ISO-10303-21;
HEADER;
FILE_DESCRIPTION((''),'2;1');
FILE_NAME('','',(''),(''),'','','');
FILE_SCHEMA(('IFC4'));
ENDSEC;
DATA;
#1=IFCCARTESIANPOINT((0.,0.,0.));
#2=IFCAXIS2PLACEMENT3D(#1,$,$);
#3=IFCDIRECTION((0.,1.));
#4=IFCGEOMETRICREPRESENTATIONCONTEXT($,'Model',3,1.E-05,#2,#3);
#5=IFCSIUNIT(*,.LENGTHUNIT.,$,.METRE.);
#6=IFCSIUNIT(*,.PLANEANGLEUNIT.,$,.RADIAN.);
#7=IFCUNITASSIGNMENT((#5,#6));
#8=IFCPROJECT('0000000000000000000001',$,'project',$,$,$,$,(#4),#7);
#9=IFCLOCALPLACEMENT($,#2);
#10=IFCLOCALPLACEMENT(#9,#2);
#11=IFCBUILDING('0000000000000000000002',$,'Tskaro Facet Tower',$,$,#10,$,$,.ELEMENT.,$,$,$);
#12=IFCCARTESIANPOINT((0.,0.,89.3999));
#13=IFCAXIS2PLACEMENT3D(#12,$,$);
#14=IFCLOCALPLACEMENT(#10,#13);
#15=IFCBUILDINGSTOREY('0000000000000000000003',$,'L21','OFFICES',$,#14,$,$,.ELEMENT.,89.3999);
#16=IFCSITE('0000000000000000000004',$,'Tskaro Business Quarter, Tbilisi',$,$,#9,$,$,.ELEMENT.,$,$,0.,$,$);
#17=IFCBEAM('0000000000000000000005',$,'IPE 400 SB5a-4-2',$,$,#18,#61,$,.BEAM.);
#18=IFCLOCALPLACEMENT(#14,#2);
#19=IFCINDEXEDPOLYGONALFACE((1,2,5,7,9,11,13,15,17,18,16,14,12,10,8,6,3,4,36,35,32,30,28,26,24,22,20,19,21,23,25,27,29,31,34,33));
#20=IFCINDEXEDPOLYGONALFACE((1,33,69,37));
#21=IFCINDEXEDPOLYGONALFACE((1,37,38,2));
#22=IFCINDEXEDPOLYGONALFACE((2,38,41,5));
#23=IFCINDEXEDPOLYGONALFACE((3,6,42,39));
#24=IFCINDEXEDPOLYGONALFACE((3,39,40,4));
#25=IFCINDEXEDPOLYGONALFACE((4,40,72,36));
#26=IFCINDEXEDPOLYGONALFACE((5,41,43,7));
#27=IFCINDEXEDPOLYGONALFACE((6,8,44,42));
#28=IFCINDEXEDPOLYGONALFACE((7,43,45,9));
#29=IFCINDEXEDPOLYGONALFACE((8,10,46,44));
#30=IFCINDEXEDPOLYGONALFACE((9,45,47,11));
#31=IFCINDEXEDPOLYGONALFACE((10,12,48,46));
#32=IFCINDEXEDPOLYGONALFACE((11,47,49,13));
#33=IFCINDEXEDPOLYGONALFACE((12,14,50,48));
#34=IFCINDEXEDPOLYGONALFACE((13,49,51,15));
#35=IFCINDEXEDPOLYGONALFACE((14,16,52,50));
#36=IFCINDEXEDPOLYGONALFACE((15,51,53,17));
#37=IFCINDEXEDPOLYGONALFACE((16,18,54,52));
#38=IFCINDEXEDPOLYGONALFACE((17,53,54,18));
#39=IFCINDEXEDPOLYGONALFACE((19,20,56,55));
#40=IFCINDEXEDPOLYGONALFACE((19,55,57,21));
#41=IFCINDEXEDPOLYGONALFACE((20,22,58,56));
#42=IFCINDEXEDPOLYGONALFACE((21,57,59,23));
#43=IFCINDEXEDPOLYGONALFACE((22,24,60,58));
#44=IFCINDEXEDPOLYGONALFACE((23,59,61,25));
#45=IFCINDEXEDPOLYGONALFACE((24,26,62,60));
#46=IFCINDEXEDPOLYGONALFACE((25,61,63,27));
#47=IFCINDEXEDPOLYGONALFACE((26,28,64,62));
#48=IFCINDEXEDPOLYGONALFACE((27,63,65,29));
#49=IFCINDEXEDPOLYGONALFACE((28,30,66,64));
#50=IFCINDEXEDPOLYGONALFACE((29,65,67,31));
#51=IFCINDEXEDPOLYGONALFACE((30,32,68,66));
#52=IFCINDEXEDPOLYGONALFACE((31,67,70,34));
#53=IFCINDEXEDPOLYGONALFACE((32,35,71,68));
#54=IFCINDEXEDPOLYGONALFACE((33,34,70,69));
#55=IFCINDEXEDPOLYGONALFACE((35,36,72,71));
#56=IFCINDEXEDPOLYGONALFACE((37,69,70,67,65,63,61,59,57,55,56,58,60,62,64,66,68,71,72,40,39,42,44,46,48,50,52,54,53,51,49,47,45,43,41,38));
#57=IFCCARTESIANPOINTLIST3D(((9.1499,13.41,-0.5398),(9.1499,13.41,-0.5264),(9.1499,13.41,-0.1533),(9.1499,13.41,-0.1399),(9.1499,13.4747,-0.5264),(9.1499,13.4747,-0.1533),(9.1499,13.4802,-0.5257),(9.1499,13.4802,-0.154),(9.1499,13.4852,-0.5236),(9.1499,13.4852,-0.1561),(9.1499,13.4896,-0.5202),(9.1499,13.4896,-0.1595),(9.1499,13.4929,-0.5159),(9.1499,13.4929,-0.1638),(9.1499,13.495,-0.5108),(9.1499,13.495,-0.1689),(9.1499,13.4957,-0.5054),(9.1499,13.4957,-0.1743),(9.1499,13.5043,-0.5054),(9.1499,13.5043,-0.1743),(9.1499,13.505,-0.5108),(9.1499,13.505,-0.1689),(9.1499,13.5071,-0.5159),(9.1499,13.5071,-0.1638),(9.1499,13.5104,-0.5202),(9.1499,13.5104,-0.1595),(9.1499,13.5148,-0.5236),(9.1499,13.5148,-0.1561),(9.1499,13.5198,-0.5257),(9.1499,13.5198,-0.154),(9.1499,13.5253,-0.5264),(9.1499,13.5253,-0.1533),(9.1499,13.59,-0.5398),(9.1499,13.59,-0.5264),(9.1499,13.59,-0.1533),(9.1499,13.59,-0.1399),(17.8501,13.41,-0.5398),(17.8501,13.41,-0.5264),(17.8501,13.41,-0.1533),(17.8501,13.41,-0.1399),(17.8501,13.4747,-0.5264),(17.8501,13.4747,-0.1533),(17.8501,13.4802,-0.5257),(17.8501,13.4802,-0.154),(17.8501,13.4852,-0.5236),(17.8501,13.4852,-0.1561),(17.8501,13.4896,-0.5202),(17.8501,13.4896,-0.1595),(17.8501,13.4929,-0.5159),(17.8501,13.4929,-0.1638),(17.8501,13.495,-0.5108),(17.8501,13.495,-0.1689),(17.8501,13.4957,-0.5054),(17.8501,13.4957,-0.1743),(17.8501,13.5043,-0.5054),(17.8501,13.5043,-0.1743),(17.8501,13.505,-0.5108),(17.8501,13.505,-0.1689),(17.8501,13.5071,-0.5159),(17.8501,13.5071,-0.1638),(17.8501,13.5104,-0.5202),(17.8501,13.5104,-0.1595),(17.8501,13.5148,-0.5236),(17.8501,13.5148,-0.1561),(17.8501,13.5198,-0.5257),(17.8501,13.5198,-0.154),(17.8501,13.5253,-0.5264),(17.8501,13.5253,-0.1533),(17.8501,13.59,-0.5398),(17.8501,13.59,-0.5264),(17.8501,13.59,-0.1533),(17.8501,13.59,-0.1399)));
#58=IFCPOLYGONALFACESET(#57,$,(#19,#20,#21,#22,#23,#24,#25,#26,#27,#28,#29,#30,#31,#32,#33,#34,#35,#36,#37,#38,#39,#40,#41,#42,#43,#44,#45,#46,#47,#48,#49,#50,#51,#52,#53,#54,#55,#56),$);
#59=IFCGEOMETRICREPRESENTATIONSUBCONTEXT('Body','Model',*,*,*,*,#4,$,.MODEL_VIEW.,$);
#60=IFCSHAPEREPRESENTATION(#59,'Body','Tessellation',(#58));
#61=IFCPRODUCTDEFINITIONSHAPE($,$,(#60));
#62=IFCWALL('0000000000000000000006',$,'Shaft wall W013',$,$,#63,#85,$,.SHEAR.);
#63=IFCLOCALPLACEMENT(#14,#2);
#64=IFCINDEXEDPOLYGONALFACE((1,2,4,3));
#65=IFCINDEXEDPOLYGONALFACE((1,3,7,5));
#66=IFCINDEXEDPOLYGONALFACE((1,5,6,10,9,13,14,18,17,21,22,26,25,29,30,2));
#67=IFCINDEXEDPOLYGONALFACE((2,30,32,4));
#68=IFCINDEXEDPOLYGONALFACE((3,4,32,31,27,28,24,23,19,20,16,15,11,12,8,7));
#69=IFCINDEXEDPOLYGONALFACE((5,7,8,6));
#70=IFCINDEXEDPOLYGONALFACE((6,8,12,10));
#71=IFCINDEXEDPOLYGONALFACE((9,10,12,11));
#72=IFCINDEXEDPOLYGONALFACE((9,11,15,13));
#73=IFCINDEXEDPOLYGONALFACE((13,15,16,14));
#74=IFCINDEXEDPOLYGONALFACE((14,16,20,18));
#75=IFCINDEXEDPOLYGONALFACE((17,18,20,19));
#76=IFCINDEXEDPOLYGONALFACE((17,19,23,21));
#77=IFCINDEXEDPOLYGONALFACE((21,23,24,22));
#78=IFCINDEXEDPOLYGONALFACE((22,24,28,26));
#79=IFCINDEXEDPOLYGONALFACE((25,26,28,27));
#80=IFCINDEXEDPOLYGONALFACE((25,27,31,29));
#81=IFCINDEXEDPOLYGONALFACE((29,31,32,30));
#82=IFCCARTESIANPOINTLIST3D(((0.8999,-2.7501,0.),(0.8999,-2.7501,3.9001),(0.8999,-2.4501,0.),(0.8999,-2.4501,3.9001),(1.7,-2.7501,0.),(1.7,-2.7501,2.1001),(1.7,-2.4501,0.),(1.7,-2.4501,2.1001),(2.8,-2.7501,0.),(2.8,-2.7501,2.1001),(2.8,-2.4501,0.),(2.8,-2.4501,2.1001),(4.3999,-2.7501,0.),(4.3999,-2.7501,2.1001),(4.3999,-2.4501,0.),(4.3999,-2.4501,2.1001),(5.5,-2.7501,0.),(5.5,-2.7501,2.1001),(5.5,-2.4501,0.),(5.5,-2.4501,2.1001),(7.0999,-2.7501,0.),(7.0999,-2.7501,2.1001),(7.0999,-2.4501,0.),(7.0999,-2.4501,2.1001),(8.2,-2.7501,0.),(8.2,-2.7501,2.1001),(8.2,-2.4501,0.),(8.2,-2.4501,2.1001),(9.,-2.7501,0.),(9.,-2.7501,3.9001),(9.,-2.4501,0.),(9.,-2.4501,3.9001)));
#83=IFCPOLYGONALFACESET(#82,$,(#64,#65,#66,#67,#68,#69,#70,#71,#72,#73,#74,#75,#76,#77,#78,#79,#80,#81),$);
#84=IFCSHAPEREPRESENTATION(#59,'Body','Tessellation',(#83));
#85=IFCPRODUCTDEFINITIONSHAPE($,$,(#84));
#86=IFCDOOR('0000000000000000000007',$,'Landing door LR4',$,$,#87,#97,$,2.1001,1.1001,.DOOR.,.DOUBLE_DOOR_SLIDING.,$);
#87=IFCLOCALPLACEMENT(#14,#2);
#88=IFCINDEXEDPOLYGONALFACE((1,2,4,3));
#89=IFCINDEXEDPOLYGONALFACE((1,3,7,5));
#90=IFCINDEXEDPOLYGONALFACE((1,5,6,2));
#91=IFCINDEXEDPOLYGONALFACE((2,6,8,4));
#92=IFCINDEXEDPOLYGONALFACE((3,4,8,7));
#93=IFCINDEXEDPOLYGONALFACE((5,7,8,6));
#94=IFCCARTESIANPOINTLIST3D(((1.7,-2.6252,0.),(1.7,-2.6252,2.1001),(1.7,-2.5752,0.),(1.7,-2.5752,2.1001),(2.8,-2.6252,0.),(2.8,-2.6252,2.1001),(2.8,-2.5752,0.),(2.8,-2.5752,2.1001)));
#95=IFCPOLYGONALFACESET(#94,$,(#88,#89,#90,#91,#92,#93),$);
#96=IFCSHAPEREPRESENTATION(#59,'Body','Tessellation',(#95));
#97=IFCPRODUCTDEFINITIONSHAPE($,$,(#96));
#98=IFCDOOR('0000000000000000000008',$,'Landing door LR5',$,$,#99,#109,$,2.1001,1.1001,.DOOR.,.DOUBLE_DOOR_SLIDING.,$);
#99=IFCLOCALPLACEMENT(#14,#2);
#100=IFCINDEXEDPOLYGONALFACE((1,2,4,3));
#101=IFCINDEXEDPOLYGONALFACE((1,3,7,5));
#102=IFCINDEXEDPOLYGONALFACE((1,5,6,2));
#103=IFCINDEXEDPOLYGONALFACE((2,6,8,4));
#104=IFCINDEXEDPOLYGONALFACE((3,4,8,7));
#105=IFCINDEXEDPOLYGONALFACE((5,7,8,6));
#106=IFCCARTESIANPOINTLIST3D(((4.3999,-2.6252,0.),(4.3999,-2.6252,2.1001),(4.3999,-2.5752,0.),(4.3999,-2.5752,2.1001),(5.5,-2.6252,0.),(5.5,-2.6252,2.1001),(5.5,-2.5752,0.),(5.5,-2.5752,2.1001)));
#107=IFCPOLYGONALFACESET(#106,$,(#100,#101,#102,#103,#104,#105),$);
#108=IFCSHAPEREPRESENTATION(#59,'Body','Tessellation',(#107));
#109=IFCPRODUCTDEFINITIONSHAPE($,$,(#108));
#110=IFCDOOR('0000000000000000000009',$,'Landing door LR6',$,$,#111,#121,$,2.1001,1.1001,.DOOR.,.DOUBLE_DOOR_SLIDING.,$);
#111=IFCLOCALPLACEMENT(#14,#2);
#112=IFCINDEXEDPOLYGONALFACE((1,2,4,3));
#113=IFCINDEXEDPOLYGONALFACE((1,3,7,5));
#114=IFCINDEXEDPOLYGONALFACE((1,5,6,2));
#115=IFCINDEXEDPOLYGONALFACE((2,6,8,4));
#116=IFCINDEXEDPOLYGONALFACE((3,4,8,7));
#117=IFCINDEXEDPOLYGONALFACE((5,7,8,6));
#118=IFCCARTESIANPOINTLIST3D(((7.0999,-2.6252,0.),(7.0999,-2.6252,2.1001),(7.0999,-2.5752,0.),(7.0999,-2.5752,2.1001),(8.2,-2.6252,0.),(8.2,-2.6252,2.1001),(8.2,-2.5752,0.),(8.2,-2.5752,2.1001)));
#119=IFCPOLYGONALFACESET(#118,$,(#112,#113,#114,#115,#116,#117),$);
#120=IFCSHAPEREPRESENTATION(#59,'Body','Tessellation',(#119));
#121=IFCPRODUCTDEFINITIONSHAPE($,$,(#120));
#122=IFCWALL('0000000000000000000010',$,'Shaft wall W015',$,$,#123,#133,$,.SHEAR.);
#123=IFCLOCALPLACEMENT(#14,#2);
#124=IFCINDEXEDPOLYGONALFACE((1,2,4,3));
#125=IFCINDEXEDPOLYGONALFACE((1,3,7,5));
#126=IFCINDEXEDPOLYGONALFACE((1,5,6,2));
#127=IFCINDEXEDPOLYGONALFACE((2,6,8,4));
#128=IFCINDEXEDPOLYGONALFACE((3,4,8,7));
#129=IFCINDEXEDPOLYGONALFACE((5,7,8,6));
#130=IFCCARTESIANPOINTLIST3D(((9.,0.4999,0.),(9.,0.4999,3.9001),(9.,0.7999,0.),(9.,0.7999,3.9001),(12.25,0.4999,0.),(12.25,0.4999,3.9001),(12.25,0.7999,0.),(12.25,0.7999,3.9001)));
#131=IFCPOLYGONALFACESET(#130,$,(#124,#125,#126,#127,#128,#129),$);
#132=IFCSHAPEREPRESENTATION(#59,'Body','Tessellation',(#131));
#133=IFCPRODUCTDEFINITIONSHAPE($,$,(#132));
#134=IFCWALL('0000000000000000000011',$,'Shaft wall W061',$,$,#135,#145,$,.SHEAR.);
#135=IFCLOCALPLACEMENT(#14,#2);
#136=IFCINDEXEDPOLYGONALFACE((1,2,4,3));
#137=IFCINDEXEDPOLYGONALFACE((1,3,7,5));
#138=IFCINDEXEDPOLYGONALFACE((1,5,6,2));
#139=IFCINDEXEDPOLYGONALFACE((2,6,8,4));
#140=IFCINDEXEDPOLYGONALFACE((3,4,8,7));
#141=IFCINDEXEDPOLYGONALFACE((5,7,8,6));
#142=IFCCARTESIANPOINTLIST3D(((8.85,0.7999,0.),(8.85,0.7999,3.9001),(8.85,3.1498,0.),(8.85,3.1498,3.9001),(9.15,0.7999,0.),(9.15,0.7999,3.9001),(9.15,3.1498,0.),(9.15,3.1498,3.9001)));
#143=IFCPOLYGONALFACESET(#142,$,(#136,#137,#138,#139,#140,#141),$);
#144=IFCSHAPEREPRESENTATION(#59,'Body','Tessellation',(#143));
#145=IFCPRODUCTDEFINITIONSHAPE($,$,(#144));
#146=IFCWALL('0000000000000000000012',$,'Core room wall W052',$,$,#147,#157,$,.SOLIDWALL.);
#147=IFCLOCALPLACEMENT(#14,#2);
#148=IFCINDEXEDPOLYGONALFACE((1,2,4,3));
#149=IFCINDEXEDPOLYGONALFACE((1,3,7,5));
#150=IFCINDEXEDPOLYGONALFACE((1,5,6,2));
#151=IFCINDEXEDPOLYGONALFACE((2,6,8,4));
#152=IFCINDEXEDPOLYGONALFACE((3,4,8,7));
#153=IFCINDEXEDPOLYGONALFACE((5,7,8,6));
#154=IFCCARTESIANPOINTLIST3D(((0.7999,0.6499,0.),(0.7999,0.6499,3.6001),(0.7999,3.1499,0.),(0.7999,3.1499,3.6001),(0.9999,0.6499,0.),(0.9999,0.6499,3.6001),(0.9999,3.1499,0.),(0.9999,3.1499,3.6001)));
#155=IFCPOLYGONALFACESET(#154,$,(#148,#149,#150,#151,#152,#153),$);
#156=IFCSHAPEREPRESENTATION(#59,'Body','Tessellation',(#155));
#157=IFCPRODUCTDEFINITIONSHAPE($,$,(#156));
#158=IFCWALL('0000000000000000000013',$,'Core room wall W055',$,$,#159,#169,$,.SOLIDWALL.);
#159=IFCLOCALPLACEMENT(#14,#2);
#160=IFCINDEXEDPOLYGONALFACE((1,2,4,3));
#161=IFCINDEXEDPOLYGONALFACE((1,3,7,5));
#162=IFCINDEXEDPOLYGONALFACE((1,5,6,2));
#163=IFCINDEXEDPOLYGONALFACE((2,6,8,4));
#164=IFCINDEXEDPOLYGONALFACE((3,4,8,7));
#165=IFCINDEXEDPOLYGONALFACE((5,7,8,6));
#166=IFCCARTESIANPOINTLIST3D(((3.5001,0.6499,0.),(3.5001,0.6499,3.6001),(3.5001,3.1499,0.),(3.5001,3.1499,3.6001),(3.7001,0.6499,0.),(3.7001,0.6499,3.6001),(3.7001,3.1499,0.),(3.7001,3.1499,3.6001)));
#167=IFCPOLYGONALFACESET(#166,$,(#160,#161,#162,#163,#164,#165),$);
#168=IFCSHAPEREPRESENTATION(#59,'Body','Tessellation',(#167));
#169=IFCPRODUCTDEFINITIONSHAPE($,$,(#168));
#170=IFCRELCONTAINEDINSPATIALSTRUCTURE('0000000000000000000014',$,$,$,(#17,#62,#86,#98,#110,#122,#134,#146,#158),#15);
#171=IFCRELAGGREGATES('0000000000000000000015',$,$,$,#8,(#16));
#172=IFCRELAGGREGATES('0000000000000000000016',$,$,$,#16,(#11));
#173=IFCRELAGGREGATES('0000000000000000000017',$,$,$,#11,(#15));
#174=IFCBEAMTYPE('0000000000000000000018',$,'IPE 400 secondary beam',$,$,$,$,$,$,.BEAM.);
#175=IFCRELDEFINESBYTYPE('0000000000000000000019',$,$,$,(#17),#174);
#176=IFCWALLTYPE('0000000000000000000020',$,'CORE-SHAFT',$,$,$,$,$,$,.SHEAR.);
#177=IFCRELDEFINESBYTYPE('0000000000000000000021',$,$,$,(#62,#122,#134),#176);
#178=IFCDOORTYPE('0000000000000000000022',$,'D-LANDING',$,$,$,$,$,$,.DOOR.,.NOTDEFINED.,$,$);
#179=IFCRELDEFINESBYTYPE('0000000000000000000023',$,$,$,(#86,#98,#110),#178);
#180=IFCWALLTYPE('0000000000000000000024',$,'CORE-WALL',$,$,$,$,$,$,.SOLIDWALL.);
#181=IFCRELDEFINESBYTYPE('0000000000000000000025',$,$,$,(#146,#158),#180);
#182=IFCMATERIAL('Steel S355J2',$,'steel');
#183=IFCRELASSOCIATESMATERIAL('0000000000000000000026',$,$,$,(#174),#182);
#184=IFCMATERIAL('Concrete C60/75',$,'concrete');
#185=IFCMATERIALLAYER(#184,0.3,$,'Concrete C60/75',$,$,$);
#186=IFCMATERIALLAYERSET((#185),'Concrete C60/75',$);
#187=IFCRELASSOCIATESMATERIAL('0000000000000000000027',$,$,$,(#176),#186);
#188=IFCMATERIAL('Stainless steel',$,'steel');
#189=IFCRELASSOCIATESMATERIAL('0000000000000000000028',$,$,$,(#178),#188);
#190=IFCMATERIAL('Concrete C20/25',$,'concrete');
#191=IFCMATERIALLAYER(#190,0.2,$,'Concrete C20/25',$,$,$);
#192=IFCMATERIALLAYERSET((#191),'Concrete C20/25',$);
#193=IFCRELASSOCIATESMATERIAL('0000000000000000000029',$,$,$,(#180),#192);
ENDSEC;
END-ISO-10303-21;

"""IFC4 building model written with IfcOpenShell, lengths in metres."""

from ifc_helpers import new_model, si_unit, direction, frame, frame_2d, origin, origin_2d, place, context, subcontext, project, spatial, rectangle, i_section, extrude, material, layer, layer_set, material_profile, profile_set, type_object, element, fill, save


model = new_model("IFC4")

# Units and contexts
model_context = context("Model", 3, precision=1e-05, world=origin(), true_north=direction((0.0, 1.0)))
body_context = subcontext(model_context, "Body", "Model", "MODEL_VIEW")
ifc_project = project(units=[si_unit("LENGTHUNIT", "METRE"), si_unit("PLANEANGLEUNIT", "RADIAN")], contexts=[model_context])

# Site, building, storey
site_placement = place(None, origin())
site = spatial("IfcSite", under=ifc_project, at=site_placement, Name="Tskaro Business Quarter, Tbilisi", CompositionType="ELEMENT", RefElevation=0.0)
building_placement = place(site_placement, origin())
building = spatial("IfcBuilding", under=site, at=building_placement, Name="Tskaro Facet Tower", CompositionType="ELEMENT")
storey_placement = place(building_placement, frame((0.0, 0.0, 89.3999)))
storey = spatial("IfcBuildingStorey", under=building, at=storey_placement, Name="L21", Description="OFFICES", CompositionType="ELEMENT", Elevation=89.3999)

# Beam
ifc_material_1 = material(Name="Steel S355J2", Category="steel")
ifc_material_profile_1 = material_profile(ifc_material_1, i_section(OverallWidth=0.1799, OverallDepth=0.3999, WebThickness=0.0085, FlangeThickness=0.0134, FilletRadius=0.021, at=origin_2d()), Name="IPE 400")
ifc_profile_set_1 = profile_set([ifc_material_profile_1], Name="Steel S355J2")
beam_type_1 = type_object("IfcBeamType", Name="IPE 400 secondary beam", PredefinedType="BEAM", material=ifc_profile_set_1)
for number, where, z_axis, x_axis, name in (
    (1, (9.1499, 13.5, -0.3398), (1.0, 0.0, 0.0), (0.0, 1.0, 0.0), "IPE 400 SB5a-4-2"),
):
    element("IfcBeam", number, at=place(storey_placement, frame(where, z_axis=z_axis, x_axis=x_axis)), inside=storey, type_object=beam_type_1, Name=name, PredefinedType="BEAM", context=body_context, shape_type="SweptSolid", body=[
        extrude(i_section(OverallWidth=0.1799, OverallDepth=0.3999, WebThickness=0.0085, FlangeThickness=0.0134, FilletRadius=0.021, at=origin_2d()), origin(), (0.0, 0.0, 1.0), 8.7002),
    ])

# Wall, openings, doors
ifc_material_2 = material(Name="Concrete C60/75", Category="concrete")
ifc_layer_1 = layer(ifc_material_2, 0.3, Name="Concrete C60/75")
ifc_layer_set_1 = layer_set([ifc_layer_1], Name="Concrete C60/75")
wall_type_1 = type_object("IfcWallType", Name="CORE-SHAFT", PredefinedType="SHEAR", material=ifc_layer_set_1)
wall_1_placement = place(storey_placement, frame((0.8999, -2.6001, 0.0), z_axis=(0.0, 0.0, 1.0), x_axis=(1.0, 0.0, 0.0)))
wall_1 = element("IfcWall", 2, at=wall_1_placement, inside=storey, type_object=wall_type_1, Name="Shaft wall W013", PredefinedType="SHEAR", context=body_context, shape_type="SweptSolid", body=[
    extrude(rectangle(XDim=8.1001, YDim=0.3, at=frame_2d((4.05, 0.0))), origin(), (0.0, 0.0, 1.0), 3.9001),
])
opening_1_placement = place(wall_1_placement, frame((0.8, 0.0, 0.0)))
opening_1 = element("IfcOpeningElement", 3, at=opening_1_placement, cuts=wall_1, PredefinedType="OPENING", context=body_context, shape_type="SweptSolid", body=[
    extrude(rectangle(XDim=1.1001, YDim=2.1001, at=frame_2d((0.55, 1.05))), frame((0.0, 0.1599, 0.0), z_axis=(0.0, -1.0, 0.0), x_axis=(1.0, 0.0, 0.0)), (0.0, 0.0, 1.0), 0.3201),
])
opening_2_placement = place(wall_1_placement, frame((3.5, 0.0, 0.0)))
opening_2 = element("IfcOpeningElement", 4, at=opening_2_placement, cuts=wall_1, PredefinedType="OPENING", context=body_context, shape_type="SweptSolid", body=[
    extrude(rectangle(XDim=1.1001, YDim=2.1001, at=frame_2d((0.55, 1.05))), frame((0.0, 0.1599, 0.0), z_axis=(0.0, -1.0, 0.0), x_axis=(1.0, 0.0, 0.0)), (0.0, 0.0, 1.0), 0.3201),
])
opening_3_placement = place(wall_1_placement, frame((6.2, 0.0, 0.0)))
opening_3 = element("IfcOpeningElement", 5, at=opening_3_placement, cuts=wall_1, PredefinedType="OPENING", context=body_context, shape_type="SweptSolid", body=[
    extrude(rectangle(XDim=1.1001, YDim=2.1001, at=frame_2d((0.55, 1.05))), frame((0.0, 0.1599, 0.0), z_axis=(0.0, -1.0, 0.0), x_axis=(1.0, 0.0, 0.0)), (0.0, 0.0, 1.0), 0.3201),
])
ifc_material_3 = material(Name="Stainless steel", Category="steel")
door_type_1 = type_object("IfcDoorType", Name="D-LANDING", OperationType="NOTDEFINED", PredefinedType="DOOR", material=ifc_material_3)
door_1_placement = place(opening_1_placement, origin())
door_1 = element("IfcDoor", 6, at=door_1_placement, inside=storey, type_object=door_type_1, Name="Landing door LR4", OperationType="DOUBLE_DOOR_SLIDING", OverallHeight=2.1001, OverallWidth=1.1001, PredefinedType="DOOR", context=body_context, shape_type="SweptSolid", body=[
    extrude(rectangle(XDim=1.1001, YDim=2.1001, at=frame_2d((0.55, 1.05))), frame((0.0, 0.0249, 0.0), z_axis=(0.0, -1.0, 0.0), x_axis=(1.0, 0.0, 0.0)), (0.0, 0.0, 1.0), 0.05),
])
fill(opening_1, door_1)
door_2_placement = place(opening_2_placement, origin())
door_2 = element("IfcDoor", 7, at=door_2_placement, inside=storey, type_object=door_type_1, Name="Landing door LR5", OperationType="DOUBLE_DOOR_SLIDING", OverallHeight=2.1001, OverallWidth=1.1001, PredefinedType="DOOR", context=body_context, shape_type="SweptSolid", body=[
    extrude(rectangle(XDim=1.1001, YDim=2.1001, at=frame_2d((0.55, 1.05))), frame((0.0, 0.0249, 0.0), z_axis=(0.0, -1.0, 0.0), x_axis=(1.0, 0.0, 0.0)), (0.0, 0.0, 1.0), 0.05),
])
fill(opening_2, door_2)
door_3_placement = place(opening_3_placement, origin())
door_3 = element("IfcDoor", 8, at=door_3_placement, inside=storey, type_object=door_type_1, Name="Landing door LR6", OperationType="DOUBLE_DOOR_SLIDING", OverallHeight=2.1001, OverallWidth=1.1001, PredefinedType="DOOR", context=body_context, shape_type="SweptSolid", body=[
    extrude(rectangle(XDim=1.1001, YDim=2.1001, at=frame_2d((0.55, 1.05))), frame((0.0, 0.0249, 0.0), z_axis=(0.0, -1.0, 0.0), x_axis=(1.0, 0.0, 0.0)), (0.0, 0.0, 1.0), 0.05),
])
fill(opening_3, door_3)

# Walls
wall_2_placement = place(storey_placement, frame((12.25, 0.6499, 0.0), z_axis=(0.0, 0.0, 1.0), x_axis=(-1.0, 0.0, 0.0)))
element("IfcWall", 9, at=wall_2_placement, inside=storey, type_object=wall_type_1, Name="Shaft wall W015", PredefinedType="SHEAR", context=body_context, shape_type="SweptSolid", body=[
    extrude(rectangle(XDim=3.25, YDim=0.3, at=frame_2d((1.625, 0.0))), origin(), (0.0, 0.0, 1.0), 3.9001),
])
wall_3_placement = place(storey_placement, frame((9.0, 0.8, 0.0), z_axis=(0.0, 0.0, 1.0), x_axis=(0.0, 1.0, 0.0)))
element("IfcWall", 10, at=wall_3_placement, inside=storey, type_object=wall_type_1, Name="Shaft wall W061", PredefinedType="SHEAR", context=body_context, shape_type="SweptSolid", body=[
    extrude(rectangle(XDim=2.3499, YDim=0.3, at=frame_2d((1.1748, 0.0))), origin(), (0.0, 0.0, 1.0), 3.9001),
])
ifc_material_4 = material(Name="Concrete C20/25", Category="concrete")
ifc_layer_2 = layer(ifc_material_4, 0.2, Name="Concrete C20/25")
ifc_layer_set_2 = layer_set([ifc_layer_2], Name="Concrete C20/25")
wall_type_2 = type_object("IfcWallType", Name="CORE-WALL", PredefinedType="SOLIDWALL", material=ifc_layer_set_2)
for number, where, z_axis, x_axis, name in (
    (11, (0.8999, 0.6499, 0.0), (0.0, 0.0, 1.0), (0.0, 1.0, 0.0), "Core room wall W052"),
    (12, (3.6001, 0.6499, 0.0), (0.0, 0.0, 1.0), (0.0, 1.0, 0.0), "Core room wall W055"),
):
    element("IfcWall", number, at=place(storey_placement, frame(where, z_axis=z_axis, x_axis=x_axis)), inside=storey, type_object=wall_type_2, Name=name, PredefinedType="SOLIDWALL", context=body_context, shape_type="SweptSolid", body=[
        extrude(rectangle(XDim=2.5, YDim=0.2, at=frame_2d((1.25, 0.0))), origin(), (0.0, 0.0, 1.0), 3.6001),
    ])

save(model, "model.ifc")
